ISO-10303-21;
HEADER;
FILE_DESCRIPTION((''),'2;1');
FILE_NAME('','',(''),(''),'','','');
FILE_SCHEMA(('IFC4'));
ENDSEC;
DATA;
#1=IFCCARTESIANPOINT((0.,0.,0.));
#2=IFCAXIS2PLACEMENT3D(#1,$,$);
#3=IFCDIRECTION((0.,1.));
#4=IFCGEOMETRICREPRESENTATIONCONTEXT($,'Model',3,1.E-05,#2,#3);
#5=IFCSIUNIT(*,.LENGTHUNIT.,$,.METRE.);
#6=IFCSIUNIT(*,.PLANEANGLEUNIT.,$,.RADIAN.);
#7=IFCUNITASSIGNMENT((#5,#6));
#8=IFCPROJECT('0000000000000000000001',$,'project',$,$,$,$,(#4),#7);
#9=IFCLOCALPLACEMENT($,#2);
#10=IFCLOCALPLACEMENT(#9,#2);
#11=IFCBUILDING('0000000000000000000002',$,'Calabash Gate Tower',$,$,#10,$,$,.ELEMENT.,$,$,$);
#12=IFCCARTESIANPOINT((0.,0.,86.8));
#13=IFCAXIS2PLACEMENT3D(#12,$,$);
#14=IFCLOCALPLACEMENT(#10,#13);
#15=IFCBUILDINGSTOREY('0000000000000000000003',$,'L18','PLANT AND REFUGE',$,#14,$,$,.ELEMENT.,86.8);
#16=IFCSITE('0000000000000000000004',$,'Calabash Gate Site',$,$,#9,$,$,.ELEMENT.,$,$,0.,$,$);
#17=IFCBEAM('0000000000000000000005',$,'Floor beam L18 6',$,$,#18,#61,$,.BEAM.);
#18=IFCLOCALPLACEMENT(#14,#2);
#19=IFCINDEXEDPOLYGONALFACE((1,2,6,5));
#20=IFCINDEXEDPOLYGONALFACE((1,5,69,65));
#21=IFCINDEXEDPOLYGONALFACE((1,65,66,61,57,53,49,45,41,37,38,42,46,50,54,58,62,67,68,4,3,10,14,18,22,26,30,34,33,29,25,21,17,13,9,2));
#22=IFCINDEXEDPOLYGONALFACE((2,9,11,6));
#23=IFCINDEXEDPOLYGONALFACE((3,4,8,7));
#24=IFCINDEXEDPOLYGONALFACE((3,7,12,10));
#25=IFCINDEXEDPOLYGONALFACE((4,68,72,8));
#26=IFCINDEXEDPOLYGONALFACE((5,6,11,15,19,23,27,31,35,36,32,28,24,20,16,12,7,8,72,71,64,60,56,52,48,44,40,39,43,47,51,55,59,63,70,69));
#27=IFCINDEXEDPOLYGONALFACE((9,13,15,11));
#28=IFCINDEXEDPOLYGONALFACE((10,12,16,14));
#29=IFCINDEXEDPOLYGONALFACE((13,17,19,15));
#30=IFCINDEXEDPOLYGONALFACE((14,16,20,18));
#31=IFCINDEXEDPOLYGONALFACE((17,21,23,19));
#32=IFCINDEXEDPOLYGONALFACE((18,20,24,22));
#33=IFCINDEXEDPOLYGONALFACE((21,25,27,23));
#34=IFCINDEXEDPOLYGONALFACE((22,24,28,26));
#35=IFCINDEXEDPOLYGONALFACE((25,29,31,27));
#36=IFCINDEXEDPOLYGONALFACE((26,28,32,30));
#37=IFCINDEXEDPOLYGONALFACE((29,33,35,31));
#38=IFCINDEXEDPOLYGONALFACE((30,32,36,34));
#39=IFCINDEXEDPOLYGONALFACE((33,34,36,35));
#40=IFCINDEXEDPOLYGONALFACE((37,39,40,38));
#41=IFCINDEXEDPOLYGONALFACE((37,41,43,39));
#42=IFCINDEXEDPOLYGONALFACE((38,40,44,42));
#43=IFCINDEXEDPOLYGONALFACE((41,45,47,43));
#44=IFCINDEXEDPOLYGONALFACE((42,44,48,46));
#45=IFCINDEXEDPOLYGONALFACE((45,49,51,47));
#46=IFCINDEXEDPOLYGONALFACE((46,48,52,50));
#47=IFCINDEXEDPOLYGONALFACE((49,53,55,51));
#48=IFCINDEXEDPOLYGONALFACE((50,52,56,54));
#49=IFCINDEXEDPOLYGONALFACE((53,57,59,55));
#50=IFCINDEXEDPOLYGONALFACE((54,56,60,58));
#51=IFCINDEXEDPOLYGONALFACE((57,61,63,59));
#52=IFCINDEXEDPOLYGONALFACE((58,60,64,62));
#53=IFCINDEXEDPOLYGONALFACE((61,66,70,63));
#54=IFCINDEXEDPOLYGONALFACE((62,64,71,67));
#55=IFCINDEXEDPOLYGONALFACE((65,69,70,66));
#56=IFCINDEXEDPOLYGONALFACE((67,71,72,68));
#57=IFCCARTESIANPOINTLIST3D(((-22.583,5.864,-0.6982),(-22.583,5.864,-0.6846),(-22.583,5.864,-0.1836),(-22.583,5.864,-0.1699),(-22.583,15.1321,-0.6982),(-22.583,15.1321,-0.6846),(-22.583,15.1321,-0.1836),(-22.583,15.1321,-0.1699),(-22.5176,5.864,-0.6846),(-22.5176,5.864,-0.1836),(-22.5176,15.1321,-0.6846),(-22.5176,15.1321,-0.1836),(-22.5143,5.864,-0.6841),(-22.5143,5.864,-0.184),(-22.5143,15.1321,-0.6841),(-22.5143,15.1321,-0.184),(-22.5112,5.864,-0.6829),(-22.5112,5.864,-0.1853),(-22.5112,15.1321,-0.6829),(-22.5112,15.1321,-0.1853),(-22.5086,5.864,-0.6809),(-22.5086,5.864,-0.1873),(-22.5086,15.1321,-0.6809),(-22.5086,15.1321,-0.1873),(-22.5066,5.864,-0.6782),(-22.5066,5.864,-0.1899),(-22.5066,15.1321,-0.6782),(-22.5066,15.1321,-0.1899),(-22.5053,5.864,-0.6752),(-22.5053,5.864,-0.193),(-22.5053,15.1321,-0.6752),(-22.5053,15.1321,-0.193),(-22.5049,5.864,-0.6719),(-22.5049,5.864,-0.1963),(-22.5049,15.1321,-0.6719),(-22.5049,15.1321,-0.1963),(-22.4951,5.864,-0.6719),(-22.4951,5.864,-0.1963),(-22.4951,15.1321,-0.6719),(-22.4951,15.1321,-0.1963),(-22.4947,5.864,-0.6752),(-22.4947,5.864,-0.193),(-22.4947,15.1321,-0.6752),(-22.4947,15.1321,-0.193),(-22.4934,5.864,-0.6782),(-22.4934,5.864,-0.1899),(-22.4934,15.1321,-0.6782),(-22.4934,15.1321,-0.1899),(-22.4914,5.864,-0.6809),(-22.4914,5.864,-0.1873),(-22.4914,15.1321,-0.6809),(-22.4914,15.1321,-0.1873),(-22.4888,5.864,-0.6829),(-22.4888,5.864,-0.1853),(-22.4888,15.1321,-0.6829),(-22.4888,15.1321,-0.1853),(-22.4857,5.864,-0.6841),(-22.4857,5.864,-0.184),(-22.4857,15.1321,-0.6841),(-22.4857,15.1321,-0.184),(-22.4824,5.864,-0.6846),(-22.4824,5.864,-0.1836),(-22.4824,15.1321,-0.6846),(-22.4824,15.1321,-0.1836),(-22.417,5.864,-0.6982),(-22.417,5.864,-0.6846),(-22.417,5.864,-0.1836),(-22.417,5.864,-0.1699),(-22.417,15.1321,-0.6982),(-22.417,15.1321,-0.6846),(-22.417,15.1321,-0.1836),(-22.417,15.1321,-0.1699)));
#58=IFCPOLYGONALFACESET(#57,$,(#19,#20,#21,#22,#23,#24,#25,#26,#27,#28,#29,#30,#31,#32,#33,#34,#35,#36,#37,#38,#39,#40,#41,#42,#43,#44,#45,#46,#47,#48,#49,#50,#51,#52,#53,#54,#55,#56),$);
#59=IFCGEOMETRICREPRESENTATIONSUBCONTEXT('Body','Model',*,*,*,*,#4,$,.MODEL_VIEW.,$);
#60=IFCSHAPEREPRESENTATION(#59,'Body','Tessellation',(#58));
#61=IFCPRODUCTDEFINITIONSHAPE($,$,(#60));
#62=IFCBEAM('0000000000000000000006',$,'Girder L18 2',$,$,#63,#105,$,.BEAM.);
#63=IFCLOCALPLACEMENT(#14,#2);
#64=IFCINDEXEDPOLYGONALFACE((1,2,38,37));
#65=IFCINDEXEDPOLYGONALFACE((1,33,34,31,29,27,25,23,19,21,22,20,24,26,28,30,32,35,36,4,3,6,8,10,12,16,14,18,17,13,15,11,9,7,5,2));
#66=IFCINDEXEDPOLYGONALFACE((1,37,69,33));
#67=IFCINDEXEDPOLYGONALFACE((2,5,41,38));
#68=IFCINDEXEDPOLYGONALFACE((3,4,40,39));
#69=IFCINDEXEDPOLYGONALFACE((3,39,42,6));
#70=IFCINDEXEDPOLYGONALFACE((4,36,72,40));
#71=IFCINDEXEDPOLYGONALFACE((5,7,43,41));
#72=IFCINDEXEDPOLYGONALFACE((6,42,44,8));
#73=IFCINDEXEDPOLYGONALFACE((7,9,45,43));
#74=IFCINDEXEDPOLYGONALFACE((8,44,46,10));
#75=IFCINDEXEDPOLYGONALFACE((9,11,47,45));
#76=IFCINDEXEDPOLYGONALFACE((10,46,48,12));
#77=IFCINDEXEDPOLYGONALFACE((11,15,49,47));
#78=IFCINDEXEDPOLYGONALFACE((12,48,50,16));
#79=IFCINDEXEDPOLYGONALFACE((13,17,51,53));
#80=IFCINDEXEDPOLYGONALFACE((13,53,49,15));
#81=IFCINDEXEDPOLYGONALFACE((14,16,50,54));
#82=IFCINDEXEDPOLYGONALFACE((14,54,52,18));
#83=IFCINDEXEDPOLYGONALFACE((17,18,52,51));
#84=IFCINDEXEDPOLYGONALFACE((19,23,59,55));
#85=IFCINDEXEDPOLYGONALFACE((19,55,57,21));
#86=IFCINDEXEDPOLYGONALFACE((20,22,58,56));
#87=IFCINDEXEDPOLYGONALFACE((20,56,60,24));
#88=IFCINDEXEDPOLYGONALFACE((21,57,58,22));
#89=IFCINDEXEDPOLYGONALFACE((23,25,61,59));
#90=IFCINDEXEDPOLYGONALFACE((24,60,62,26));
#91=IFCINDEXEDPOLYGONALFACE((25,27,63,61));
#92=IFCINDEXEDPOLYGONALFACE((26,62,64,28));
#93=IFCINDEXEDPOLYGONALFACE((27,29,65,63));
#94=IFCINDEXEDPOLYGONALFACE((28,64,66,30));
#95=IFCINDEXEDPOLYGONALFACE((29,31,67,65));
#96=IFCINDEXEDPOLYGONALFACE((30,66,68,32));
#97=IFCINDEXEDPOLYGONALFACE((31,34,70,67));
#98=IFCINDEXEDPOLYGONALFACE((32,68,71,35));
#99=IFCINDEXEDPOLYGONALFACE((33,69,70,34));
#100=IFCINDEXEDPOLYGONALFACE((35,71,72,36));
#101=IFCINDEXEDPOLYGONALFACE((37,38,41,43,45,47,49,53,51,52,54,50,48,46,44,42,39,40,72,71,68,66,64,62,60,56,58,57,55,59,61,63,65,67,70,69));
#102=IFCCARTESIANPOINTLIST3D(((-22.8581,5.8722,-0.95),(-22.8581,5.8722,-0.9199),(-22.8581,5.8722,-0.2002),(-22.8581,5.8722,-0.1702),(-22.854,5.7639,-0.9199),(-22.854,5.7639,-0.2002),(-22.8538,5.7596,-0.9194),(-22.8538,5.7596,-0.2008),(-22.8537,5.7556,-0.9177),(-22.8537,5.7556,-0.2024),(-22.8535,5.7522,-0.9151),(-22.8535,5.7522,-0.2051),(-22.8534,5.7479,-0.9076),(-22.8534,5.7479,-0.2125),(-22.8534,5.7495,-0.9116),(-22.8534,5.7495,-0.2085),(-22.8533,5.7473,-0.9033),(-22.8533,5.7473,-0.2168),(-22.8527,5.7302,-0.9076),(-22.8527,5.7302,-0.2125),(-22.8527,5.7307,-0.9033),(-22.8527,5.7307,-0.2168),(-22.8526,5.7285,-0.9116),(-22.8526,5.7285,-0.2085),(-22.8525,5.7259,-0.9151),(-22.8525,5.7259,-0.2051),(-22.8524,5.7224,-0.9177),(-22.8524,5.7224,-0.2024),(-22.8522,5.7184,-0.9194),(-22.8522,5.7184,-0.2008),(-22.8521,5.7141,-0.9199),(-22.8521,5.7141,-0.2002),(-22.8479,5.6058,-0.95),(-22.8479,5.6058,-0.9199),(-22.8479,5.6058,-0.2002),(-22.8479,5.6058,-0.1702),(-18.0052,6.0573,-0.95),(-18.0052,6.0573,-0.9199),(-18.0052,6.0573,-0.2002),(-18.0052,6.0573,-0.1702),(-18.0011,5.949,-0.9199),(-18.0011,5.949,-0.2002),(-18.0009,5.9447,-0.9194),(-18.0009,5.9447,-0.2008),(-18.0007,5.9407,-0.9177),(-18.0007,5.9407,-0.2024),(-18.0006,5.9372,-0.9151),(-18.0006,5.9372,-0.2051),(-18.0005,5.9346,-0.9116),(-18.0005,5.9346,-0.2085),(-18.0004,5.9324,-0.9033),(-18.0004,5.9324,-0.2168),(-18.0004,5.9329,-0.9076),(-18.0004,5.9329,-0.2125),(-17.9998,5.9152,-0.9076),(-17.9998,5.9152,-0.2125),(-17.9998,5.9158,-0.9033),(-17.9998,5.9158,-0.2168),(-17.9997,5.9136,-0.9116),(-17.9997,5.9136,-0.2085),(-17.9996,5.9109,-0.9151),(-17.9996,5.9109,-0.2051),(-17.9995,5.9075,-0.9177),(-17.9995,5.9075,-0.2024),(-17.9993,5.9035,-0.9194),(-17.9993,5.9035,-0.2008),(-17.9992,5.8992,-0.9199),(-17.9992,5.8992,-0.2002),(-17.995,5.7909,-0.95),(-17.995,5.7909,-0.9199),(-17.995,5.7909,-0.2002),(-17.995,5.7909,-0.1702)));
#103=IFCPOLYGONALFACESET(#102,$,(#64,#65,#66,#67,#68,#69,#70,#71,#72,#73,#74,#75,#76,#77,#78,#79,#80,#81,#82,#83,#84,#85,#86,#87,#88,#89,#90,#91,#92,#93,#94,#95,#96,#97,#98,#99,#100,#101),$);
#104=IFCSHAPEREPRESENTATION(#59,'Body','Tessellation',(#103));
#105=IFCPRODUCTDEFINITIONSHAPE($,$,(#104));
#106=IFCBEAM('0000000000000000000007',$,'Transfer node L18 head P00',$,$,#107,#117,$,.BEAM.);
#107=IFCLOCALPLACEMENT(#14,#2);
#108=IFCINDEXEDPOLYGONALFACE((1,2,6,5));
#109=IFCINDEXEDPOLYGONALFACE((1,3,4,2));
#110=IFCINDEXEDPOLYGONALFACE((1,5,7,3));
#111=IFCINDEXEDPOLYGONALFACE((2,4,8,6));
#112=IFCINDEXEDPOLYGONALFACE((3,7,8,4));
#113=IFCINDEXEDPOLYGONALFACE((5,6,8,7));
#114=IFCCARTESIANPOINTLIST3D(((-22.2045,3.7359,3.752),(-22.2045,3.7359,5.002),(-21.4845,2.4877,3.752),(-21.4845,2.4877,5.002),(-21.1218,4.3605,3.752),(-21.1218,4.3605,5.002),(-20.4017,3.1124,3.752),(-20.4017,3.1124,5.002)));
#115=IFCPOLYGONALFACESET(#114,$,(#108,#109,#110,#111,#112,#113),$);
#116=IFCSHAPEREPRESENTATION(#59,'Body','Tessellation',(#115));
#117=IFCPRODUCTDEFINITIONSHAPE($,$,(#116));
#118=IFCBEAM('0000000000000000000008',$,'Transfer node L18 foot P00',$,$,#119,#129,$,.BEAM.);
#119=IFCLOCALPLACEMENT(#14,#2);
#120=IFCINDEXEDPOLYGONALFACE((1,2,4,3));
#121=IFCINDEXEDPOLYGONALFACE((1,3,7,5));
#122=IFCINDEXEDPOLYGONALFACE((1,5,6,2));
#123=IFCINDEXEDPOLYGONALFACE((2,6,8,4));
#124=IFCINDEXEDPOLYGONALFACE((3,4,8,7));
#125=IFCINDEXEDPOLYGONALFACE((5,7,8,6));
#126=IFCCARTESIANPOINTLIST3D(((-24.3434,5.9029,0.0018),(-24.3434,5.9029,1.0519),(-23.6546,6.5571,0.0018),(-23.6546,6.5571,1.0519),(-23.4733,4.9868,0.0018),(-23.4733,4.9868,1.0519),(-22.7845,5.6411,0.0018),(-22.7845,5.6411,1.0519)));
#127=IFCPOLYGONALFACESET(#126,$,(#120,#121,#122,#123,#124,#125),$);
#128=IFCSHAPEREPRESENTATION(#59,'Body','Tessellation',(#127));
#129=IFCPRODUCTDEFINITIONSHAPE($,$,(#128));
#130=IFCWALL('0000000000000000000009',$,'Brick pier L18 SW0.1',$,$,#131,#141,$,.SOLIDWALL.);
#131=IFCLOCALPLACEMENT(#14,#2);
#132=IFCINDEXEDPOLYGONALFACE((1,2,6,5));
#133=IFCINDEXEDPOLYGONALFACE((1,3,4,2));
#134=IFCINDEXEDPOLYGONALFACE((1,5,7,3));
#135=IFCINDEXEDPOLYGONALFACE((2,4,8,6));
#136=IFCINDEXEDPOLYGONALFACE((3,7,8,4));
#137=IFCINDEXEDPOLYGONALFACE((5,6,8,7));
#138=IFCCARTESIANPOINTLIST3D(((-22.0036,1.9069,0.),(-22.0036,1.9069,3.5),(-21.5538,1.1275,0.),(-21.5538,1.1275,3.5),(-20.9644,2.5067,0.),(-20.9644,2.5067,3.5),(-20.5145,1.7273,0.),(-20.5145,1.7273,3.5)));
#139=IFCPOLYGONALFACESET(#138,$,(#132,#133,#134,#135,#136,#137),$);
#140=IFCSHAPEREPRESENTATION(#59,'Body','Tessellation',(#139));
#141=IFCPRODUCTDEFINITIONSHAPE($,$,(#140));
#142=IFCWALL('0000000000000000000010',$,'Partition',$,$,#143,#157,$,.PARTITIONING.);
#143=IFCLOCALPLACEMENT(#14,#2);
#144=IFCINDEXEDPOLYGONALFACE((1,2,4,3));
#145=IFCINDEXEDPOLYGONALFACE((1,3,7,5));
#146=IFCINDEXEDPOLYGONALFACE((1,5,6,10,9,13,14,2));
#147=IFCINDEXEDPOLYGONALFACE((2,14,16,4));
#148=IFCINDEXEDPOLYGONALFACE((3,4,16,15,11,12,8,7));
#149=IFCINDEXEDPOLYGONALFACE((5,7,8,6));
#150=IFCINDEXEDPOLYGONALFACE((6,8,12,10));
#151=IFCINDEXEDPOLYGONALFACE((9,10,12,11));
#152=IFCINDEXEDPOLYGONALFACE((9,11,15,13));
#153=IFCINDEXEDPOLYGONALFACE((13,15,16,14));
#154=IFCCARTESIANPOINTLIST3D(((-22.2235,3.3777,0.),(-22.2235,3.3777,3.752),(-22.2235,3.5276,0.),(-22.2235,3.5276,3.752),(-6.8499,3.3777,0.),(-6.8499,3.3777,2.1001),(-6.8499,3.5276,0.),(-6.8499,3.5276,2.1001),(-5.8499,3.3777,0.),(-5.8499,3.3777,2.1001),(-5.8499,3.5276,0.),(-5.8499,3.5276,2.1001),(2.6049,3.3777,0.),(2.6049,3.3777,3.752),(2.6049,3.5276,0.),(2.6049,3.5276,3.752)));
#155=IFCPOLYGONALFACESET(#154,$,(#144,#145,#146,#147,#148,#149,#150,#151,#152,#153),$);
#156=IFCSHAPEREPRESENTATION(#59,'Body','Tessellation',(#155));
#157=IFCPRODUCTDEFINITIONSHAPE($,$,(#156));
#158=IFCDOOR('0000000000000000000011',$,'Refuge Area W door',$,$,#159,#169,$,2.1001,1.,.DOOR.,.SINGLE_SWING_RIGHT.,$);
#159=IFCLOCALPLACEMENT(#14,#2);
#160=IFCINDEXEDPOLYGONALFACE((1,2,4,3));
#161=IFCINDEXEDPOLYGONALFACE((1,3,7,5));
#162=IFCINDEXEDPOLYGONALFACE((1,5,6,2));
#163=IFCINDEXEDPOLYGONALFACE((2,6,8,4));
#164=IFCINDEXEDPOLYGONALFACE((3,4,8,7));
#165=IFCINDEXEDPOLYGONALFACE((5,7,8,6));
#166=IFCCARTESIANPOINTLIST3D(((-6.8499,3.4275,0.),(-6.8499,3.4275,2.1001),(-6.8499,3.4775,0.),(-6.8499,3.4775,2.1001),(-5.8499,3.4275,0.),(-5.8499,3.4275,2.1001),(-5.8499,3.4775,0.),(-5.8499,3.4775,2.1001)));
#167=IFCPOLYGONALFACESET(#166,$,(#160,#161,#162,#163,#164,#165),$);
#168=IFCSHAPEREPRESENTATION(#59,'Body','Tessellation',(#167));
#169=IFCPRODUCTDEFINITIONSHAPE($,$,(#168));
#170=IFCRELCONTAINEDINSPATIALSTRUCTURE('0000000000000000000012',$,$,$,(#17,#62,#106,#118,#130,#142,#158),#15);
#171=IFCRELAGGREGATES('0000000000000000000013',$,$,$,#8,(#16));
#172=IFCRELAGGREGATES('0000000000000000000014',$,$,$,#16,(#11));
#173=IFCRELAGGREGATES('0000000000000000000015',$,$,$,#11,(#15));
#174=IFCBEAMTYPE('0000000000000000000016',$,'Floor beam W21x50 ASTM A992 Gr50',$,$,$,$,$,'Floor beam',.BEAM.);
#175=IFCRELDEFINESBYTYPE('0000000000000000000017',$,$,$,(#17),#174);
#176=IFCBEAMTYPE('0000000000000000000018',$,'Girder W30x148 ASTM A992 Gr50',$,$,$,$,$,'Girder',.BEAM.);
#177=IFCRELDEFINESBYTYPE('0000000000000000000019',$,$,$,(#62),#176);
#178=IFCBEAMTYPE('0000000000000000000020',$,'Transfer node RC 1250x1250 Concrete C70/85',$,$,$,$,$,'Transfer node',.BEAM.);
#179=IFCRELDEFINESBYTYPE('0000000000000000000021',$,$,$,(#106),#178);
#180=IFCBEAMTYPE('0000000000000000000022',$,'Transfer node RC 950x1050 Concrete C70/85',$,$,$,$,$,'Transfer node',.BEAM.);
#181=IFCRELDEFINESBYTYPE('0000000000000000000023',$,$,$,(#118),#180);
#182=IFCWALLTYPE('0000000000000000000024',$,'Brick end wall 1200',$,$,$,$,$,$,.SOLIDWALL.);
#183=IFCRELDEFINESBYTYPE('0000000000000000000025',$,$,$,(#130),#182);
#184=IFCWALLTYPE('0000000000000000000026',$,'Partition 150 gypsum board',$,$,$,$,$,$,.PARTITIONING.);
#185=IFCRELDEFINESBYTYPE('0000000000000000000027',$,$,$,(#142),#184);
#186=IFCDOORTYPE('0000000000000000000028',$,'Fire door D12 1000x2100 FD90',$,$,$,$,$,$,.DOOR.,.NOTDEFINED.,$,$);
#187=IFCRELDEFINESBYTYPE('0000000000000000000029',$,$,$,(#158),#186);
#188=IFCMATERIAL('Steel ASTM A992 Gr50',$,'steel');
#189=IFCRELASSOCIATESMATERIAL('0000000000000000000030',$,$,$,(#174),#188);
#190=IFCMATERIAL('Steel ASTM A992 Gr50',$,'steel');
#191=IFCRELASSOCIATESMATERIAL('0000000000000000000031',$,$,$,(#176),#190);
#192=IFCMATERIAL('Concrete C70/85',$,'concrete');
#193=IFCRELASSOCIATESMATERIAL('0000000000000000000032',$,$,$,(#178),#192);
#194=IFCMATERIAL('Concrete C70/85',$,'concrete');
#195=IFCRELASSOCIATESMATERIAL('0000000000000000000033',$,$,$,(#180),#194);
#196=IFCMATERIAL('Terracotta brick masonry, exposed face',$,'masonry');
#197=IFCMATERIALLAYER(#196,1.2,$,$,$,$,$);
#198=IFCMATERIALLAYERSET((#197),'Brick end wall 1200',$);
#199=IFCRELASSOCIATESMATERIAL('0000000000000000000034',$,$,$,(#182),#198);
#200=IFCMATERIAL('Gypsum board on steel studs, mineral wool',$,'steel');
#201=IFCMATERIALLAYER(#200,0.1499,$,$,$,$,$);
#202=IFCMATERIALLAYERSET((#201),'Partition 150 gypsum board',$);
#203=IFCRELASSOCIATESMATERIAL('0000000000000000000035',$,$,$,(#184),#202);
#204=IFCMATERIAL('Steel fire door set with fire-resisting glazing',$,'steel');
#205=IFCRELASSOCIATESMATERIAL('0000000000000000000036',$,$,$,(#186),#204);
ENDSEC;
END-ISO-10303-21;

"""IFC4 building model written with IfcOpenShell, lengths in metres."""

from ifc_helpers import new_model, si_unit, direction, frame, frame_2d, origin, origin_2d, place, context, subcontext, project, spatial, rectangle, i_section, extrude, material, layer, layer_set, material_profile, profile_set, type_object, element, fill, save


model = new_model("IFC4")

# Units and contexts
model_context = context("Model", 3, precision=1e-05, world=origin(), true_north=direction((0.0, 1.0)))
body_context = subcontext(model_context, "Body", "Model", "MODEL_VIEW")
ifc_project = project(units=[si_unit("LENGTHUNIT", "METRE"), si_unit("PLANEANGLEUNIT", "RADIAN")], contexts=[model_context])

# Site, building, storey
site_placement = place(None, origin())
site = spatial("IfcSite", under=ifc_project, at=site_placement, Name="Calabash Gate Site", CompositionType="ELEMENT", RefElevation=0.0)
building_placement = place(site_placement, origin())
building = spatial("IfcBuilding", under=site, at=building_placement, Name="Calabash Gate Tower", CompositionType="ELEMENT")
storey_placement = place(building_placement, frame((0.0, 0.0, 86.8)))
storey = spatial("IfcBuildingStorey", under=building, at=storey_placement, Name="L18", Description="PLANT AND REFUGE", CompositionType="ELEMENT", Elevation=86.8)

# Beams
ifc_material_1 = material(Name="Steel ASTM A992 Gr50", Category="steel")
ifc_material_profile_1 = material_profile(ifc_material_1, i_section(OverallWidth=0.166, OverallDepth=0.5283, WebThickness=0.0098, FlangeThickness=0.0137, FilletRadius=0.0127, at=origin_2d()))
ifc_profile_set_1 = profile_set([ifc_material_profile_1], Name="Steel ASTM A992 Gr50")
beam_type_1 = type_object("IfcBeamType", Name="Floor beam W21x50 ASTM A992 Gr50", ElementType="Floor beam", PredefinedType="BEAM", material=ifc_profile_set_1)
beam_1_placement = place(storey_placement, frame((-22.5, 5.864, -0.4341), z_axis=(0.0, 1.0, 0.0), x_axis=(-1.0, 0.0, 0.0)))
element("IfcBeam", 1, at=beam_1_placement, inside=storey, type_object=beam_type_1, Name="Floor beam L18 6", PredefinedType="BEAM", context=body_context, shape_type="SweptSolid", body=[
    extrude(i_section(OverallWidth=0.166, OverallDepth=0.5283, WebThickness=0.0098, FlangeThickness=0.0137, FilletRadius=0.0127, at=origin_2d()), origin(), (0.0, 0.0, 1.0), 9.2681),
])
ifc_material_2 = material(Name="Steel ASTM A992 Gr50", Category="steel")
ifc_material_profile_2 = material_profile(ifc_material_2, i_section(OverallWidth=0.2666, OverallDepth=0.7798, WebThickness=0.0166, FlangeThickness=0.03, FilletRadius=0.0166, at=origin_2d()))
ifc_profile_set_2 = profile_set([ifc_material_profile_2], Name="Steel ASTM A992 Gr50")
beam_type_2 = type_object("IfcBeamType", Name="Girder W30x148 ASTM A992 Gr50", ElementType="Girder", PredefinedType="BEAM", material=ifc_profile_set_2)
beam_2_placement = place(storey_placement, frame((-22.853, 5.739, -0.5601), z_axis=(0.999274, 0.038105, 0.0), x_axis=(-0.038105, 0.999274, 0.0)))
element("IfcBeam", 2, at=beam_2_placement, inside=storey, type_object=beam_type_2, Name="Girder L18 2", PredefinedType="BEAM", context=body_context, shape_type="SweptSolid", body=[
    extrude(i_section(OverallWidth=0.2666, OverallDepth=0.7798, WebThickness=0.0166, FlangeThickness=0.03, FilletRadius=0.0166, at=origin_2d()), origin(), (0.0, 0.0, 1.0), 4.8564),
])
ifc_material_3 = material(Name="Concrete C70/85", Category="concrete")
ifc_material_profile_3 = material_profile(ifc_material_3, rectangle(XDim=1.25, YDim=1.25, at=origin_2d()))
ifc_profile_set_3 = profile_set([ifc_material_profile_3], Name="Concrete C70/85")
beam_type_3 = type_object("IfcBeamType", Name="Transfer node RC 1250x1250 Concrete C70/85", ElementType="Transfer node", PredefinedType="BEAM", material=ifc_profile_set_3)
beam_3_placement = place(storey_placement, frame((-20.9431, 2.8, 4.377), z_axis=(-0.499693, 0.866203, 0.0), x_axis=(-0.866203, -0.499693, 0.0)))
element("IfcBeam", 3, at=beam_3_placement, inside=storey, type_object=beam_type_3, Name="Transfer node L18 head P00", PredefinedType="BEAM", context=body_context, shape_type="SweptSolid", body=[
    extrude(rectangle(XDim=1.25, YDim=1.25, at=origin_2d()), origin(), (0.0, 0.0, 1.0), 1.4409),
])
ifc_material_4 = material(Name="Concrete C70/85", Category="concrete")
ifc_material_profile_4 = material_profile(ifc_material_4, rectangle(XDim=0.95, YDim=1.05, at=origin_2d()))
ifc_profile_set_4 = profile_set([ifc_material_profile_4], Name="Concrete C70/85")
beam_type_4 = type_object("IfcBeamType", Name="Transfer node RC 950x1050 Concrete C70/85", ElementType="Transfer node", PredefinedType="BEAM", material=ifc_profile_set_4)
beam_4_placement = place(storey_placement, frame((-23.999, 6.23, 0.5269), z_axis=(0.688709, -0.725038, 0.0), x_axis=(0.725038, 0.688709, 0.0)))
element("IfcBeam", 4, at=beam_4_placement, inside=storey, type_object=beam_type_4, Name="Transfer node L18 foot P00", PredefinedType="BEAM", context=body_context, shape_type="SweptSolid", body=[
    extrude(rectangle(XDim=0.95, YDim=1.05, at=origin_2d()), origin(), (0.0, 0.0, 1.0), 1.2634),
])

# Wall
ifc_material_5 = material(Name="Terracotta brick masonry, exposed face", Category="masonry")
ifc_layer_1 = layer(ifc_material_5, 1.2)
ifc_layer_set_1 = layer_set([ifc_layer_1], Name="Brick end wall 1200")
wall_type_1 = type_object("IfcWallType", Name="Brick end wall 1200", PredefinedType="SOLIDWALL", material=ifc_layer_set_1)
wall_1_placement = place(storey_placement, frame((-21.7788, 1.5171, 0.0), z_axis=(0.0, 0.0, 1.0), x_axis=(0.866094, 0.499881, 0.0)))
element("IfcWall", 5, at=wall_1_placement, inside=storey, type_object=wall_type_1, Name="Brick pier L18 SW0.1", PredefinedType="SOLIDWALL", context=body_context, shape_type="SweptSolid", body=[
    extrude(rectangle(XDim=1.2, YDim=0.8999, at=frame_2d((0.6001, 0.0))), origin(), (0.0, 0.0, 1.0), 3.5),
])

# Wall, opening, door
ifc_material_6 = material(Name="Gypsum board on steel studs, mineral wool", Category="steel")
ifc_layer_2 = layer(ifc_material_6, 0.1499)
ifc_layer_set_2 = layer_set([ifc_layer_2], Name="Partition 150 gypsum board")
wall_type_2 = type_object("IfcWallType", Name="Partition 150 gypsum board", PredefinedType="PARTITIONING", material=ifc_layer_set_2)
wall_2_placement = place(storey_placement, frame((-22.2234, 3.4526, 0.0), z_axis=(0.0, 0.0, 1.0), x_axis=(1.0, 0.0, 0.0)))
wall_2 = element("IfcWall", 6, at=wall_2_placement, inside=storey, type_object=wall_type_2, Name="Partition", PredefinedType="PARTITIONING", context=body_context, shape_type="SweptSolid", body=[
    extrude(rectangle(XDim=24.8284, YDim=0.1499, at=frame_2d((12.4141, 0.0))), origin(), (0.0, 0.0, 1.0), 3.752),
])
opening_placement = place(wall_2_placement, frame((15.3735, 0.0, 0.0)))
opening = element("IfcOpeningElement", 7, at=opening_placement, cuts=wall_2, PredefinedType="OPENING", context=body_context, shape_type="SweptSolid", body=[
    extrude(rectangle(XDim=1.0, YDim=2.1001, at=frame_2d((0.5, 1.05))), frame((0.0, 0.085, 0.0), z_axis=(0.0, -1.0, 0.0), x_axis=(1.0, 0.0, 0.0)), (0.0, 0.0, 1.0), 0.1699),
])
ifc_material_7 = material(Name="Steel fire door set with fire-resisting glazing", Category="steel")
door_type = type_object("IfcDoorType", Name="Fire door D12 1000x2100 FD90", OperationType="NOTDEFINED", PredefinedType="DOOR", material=ifc_material_7)
door_placement = place(opening_placement, origin())
door = element("IfcDoor", 8, at=door_placement, inside=storey, type_object=door_type, Name="Refuge Area W door", OperationType="SINGLE_SWING_RIGHT", OverallHeight=2.1001, OverallWidth=1.0, PredefinedType="DOOR", context=body_context, shape_type="SweptSolid", body=[
    extrude(rectangle(XDim=1.0, YDim=2.1001, at=frame_2d((0.5, 1.05))), frame((0.0, 0.0249, 0.0), z_axis=(0.0, -1.0, 0.0), x_axis=(1.0, 0.0, 0.0)), (0.0, 0.0, 1.0), 0.05),
])
fill(opening, door)

save(model, "model.ifc")
